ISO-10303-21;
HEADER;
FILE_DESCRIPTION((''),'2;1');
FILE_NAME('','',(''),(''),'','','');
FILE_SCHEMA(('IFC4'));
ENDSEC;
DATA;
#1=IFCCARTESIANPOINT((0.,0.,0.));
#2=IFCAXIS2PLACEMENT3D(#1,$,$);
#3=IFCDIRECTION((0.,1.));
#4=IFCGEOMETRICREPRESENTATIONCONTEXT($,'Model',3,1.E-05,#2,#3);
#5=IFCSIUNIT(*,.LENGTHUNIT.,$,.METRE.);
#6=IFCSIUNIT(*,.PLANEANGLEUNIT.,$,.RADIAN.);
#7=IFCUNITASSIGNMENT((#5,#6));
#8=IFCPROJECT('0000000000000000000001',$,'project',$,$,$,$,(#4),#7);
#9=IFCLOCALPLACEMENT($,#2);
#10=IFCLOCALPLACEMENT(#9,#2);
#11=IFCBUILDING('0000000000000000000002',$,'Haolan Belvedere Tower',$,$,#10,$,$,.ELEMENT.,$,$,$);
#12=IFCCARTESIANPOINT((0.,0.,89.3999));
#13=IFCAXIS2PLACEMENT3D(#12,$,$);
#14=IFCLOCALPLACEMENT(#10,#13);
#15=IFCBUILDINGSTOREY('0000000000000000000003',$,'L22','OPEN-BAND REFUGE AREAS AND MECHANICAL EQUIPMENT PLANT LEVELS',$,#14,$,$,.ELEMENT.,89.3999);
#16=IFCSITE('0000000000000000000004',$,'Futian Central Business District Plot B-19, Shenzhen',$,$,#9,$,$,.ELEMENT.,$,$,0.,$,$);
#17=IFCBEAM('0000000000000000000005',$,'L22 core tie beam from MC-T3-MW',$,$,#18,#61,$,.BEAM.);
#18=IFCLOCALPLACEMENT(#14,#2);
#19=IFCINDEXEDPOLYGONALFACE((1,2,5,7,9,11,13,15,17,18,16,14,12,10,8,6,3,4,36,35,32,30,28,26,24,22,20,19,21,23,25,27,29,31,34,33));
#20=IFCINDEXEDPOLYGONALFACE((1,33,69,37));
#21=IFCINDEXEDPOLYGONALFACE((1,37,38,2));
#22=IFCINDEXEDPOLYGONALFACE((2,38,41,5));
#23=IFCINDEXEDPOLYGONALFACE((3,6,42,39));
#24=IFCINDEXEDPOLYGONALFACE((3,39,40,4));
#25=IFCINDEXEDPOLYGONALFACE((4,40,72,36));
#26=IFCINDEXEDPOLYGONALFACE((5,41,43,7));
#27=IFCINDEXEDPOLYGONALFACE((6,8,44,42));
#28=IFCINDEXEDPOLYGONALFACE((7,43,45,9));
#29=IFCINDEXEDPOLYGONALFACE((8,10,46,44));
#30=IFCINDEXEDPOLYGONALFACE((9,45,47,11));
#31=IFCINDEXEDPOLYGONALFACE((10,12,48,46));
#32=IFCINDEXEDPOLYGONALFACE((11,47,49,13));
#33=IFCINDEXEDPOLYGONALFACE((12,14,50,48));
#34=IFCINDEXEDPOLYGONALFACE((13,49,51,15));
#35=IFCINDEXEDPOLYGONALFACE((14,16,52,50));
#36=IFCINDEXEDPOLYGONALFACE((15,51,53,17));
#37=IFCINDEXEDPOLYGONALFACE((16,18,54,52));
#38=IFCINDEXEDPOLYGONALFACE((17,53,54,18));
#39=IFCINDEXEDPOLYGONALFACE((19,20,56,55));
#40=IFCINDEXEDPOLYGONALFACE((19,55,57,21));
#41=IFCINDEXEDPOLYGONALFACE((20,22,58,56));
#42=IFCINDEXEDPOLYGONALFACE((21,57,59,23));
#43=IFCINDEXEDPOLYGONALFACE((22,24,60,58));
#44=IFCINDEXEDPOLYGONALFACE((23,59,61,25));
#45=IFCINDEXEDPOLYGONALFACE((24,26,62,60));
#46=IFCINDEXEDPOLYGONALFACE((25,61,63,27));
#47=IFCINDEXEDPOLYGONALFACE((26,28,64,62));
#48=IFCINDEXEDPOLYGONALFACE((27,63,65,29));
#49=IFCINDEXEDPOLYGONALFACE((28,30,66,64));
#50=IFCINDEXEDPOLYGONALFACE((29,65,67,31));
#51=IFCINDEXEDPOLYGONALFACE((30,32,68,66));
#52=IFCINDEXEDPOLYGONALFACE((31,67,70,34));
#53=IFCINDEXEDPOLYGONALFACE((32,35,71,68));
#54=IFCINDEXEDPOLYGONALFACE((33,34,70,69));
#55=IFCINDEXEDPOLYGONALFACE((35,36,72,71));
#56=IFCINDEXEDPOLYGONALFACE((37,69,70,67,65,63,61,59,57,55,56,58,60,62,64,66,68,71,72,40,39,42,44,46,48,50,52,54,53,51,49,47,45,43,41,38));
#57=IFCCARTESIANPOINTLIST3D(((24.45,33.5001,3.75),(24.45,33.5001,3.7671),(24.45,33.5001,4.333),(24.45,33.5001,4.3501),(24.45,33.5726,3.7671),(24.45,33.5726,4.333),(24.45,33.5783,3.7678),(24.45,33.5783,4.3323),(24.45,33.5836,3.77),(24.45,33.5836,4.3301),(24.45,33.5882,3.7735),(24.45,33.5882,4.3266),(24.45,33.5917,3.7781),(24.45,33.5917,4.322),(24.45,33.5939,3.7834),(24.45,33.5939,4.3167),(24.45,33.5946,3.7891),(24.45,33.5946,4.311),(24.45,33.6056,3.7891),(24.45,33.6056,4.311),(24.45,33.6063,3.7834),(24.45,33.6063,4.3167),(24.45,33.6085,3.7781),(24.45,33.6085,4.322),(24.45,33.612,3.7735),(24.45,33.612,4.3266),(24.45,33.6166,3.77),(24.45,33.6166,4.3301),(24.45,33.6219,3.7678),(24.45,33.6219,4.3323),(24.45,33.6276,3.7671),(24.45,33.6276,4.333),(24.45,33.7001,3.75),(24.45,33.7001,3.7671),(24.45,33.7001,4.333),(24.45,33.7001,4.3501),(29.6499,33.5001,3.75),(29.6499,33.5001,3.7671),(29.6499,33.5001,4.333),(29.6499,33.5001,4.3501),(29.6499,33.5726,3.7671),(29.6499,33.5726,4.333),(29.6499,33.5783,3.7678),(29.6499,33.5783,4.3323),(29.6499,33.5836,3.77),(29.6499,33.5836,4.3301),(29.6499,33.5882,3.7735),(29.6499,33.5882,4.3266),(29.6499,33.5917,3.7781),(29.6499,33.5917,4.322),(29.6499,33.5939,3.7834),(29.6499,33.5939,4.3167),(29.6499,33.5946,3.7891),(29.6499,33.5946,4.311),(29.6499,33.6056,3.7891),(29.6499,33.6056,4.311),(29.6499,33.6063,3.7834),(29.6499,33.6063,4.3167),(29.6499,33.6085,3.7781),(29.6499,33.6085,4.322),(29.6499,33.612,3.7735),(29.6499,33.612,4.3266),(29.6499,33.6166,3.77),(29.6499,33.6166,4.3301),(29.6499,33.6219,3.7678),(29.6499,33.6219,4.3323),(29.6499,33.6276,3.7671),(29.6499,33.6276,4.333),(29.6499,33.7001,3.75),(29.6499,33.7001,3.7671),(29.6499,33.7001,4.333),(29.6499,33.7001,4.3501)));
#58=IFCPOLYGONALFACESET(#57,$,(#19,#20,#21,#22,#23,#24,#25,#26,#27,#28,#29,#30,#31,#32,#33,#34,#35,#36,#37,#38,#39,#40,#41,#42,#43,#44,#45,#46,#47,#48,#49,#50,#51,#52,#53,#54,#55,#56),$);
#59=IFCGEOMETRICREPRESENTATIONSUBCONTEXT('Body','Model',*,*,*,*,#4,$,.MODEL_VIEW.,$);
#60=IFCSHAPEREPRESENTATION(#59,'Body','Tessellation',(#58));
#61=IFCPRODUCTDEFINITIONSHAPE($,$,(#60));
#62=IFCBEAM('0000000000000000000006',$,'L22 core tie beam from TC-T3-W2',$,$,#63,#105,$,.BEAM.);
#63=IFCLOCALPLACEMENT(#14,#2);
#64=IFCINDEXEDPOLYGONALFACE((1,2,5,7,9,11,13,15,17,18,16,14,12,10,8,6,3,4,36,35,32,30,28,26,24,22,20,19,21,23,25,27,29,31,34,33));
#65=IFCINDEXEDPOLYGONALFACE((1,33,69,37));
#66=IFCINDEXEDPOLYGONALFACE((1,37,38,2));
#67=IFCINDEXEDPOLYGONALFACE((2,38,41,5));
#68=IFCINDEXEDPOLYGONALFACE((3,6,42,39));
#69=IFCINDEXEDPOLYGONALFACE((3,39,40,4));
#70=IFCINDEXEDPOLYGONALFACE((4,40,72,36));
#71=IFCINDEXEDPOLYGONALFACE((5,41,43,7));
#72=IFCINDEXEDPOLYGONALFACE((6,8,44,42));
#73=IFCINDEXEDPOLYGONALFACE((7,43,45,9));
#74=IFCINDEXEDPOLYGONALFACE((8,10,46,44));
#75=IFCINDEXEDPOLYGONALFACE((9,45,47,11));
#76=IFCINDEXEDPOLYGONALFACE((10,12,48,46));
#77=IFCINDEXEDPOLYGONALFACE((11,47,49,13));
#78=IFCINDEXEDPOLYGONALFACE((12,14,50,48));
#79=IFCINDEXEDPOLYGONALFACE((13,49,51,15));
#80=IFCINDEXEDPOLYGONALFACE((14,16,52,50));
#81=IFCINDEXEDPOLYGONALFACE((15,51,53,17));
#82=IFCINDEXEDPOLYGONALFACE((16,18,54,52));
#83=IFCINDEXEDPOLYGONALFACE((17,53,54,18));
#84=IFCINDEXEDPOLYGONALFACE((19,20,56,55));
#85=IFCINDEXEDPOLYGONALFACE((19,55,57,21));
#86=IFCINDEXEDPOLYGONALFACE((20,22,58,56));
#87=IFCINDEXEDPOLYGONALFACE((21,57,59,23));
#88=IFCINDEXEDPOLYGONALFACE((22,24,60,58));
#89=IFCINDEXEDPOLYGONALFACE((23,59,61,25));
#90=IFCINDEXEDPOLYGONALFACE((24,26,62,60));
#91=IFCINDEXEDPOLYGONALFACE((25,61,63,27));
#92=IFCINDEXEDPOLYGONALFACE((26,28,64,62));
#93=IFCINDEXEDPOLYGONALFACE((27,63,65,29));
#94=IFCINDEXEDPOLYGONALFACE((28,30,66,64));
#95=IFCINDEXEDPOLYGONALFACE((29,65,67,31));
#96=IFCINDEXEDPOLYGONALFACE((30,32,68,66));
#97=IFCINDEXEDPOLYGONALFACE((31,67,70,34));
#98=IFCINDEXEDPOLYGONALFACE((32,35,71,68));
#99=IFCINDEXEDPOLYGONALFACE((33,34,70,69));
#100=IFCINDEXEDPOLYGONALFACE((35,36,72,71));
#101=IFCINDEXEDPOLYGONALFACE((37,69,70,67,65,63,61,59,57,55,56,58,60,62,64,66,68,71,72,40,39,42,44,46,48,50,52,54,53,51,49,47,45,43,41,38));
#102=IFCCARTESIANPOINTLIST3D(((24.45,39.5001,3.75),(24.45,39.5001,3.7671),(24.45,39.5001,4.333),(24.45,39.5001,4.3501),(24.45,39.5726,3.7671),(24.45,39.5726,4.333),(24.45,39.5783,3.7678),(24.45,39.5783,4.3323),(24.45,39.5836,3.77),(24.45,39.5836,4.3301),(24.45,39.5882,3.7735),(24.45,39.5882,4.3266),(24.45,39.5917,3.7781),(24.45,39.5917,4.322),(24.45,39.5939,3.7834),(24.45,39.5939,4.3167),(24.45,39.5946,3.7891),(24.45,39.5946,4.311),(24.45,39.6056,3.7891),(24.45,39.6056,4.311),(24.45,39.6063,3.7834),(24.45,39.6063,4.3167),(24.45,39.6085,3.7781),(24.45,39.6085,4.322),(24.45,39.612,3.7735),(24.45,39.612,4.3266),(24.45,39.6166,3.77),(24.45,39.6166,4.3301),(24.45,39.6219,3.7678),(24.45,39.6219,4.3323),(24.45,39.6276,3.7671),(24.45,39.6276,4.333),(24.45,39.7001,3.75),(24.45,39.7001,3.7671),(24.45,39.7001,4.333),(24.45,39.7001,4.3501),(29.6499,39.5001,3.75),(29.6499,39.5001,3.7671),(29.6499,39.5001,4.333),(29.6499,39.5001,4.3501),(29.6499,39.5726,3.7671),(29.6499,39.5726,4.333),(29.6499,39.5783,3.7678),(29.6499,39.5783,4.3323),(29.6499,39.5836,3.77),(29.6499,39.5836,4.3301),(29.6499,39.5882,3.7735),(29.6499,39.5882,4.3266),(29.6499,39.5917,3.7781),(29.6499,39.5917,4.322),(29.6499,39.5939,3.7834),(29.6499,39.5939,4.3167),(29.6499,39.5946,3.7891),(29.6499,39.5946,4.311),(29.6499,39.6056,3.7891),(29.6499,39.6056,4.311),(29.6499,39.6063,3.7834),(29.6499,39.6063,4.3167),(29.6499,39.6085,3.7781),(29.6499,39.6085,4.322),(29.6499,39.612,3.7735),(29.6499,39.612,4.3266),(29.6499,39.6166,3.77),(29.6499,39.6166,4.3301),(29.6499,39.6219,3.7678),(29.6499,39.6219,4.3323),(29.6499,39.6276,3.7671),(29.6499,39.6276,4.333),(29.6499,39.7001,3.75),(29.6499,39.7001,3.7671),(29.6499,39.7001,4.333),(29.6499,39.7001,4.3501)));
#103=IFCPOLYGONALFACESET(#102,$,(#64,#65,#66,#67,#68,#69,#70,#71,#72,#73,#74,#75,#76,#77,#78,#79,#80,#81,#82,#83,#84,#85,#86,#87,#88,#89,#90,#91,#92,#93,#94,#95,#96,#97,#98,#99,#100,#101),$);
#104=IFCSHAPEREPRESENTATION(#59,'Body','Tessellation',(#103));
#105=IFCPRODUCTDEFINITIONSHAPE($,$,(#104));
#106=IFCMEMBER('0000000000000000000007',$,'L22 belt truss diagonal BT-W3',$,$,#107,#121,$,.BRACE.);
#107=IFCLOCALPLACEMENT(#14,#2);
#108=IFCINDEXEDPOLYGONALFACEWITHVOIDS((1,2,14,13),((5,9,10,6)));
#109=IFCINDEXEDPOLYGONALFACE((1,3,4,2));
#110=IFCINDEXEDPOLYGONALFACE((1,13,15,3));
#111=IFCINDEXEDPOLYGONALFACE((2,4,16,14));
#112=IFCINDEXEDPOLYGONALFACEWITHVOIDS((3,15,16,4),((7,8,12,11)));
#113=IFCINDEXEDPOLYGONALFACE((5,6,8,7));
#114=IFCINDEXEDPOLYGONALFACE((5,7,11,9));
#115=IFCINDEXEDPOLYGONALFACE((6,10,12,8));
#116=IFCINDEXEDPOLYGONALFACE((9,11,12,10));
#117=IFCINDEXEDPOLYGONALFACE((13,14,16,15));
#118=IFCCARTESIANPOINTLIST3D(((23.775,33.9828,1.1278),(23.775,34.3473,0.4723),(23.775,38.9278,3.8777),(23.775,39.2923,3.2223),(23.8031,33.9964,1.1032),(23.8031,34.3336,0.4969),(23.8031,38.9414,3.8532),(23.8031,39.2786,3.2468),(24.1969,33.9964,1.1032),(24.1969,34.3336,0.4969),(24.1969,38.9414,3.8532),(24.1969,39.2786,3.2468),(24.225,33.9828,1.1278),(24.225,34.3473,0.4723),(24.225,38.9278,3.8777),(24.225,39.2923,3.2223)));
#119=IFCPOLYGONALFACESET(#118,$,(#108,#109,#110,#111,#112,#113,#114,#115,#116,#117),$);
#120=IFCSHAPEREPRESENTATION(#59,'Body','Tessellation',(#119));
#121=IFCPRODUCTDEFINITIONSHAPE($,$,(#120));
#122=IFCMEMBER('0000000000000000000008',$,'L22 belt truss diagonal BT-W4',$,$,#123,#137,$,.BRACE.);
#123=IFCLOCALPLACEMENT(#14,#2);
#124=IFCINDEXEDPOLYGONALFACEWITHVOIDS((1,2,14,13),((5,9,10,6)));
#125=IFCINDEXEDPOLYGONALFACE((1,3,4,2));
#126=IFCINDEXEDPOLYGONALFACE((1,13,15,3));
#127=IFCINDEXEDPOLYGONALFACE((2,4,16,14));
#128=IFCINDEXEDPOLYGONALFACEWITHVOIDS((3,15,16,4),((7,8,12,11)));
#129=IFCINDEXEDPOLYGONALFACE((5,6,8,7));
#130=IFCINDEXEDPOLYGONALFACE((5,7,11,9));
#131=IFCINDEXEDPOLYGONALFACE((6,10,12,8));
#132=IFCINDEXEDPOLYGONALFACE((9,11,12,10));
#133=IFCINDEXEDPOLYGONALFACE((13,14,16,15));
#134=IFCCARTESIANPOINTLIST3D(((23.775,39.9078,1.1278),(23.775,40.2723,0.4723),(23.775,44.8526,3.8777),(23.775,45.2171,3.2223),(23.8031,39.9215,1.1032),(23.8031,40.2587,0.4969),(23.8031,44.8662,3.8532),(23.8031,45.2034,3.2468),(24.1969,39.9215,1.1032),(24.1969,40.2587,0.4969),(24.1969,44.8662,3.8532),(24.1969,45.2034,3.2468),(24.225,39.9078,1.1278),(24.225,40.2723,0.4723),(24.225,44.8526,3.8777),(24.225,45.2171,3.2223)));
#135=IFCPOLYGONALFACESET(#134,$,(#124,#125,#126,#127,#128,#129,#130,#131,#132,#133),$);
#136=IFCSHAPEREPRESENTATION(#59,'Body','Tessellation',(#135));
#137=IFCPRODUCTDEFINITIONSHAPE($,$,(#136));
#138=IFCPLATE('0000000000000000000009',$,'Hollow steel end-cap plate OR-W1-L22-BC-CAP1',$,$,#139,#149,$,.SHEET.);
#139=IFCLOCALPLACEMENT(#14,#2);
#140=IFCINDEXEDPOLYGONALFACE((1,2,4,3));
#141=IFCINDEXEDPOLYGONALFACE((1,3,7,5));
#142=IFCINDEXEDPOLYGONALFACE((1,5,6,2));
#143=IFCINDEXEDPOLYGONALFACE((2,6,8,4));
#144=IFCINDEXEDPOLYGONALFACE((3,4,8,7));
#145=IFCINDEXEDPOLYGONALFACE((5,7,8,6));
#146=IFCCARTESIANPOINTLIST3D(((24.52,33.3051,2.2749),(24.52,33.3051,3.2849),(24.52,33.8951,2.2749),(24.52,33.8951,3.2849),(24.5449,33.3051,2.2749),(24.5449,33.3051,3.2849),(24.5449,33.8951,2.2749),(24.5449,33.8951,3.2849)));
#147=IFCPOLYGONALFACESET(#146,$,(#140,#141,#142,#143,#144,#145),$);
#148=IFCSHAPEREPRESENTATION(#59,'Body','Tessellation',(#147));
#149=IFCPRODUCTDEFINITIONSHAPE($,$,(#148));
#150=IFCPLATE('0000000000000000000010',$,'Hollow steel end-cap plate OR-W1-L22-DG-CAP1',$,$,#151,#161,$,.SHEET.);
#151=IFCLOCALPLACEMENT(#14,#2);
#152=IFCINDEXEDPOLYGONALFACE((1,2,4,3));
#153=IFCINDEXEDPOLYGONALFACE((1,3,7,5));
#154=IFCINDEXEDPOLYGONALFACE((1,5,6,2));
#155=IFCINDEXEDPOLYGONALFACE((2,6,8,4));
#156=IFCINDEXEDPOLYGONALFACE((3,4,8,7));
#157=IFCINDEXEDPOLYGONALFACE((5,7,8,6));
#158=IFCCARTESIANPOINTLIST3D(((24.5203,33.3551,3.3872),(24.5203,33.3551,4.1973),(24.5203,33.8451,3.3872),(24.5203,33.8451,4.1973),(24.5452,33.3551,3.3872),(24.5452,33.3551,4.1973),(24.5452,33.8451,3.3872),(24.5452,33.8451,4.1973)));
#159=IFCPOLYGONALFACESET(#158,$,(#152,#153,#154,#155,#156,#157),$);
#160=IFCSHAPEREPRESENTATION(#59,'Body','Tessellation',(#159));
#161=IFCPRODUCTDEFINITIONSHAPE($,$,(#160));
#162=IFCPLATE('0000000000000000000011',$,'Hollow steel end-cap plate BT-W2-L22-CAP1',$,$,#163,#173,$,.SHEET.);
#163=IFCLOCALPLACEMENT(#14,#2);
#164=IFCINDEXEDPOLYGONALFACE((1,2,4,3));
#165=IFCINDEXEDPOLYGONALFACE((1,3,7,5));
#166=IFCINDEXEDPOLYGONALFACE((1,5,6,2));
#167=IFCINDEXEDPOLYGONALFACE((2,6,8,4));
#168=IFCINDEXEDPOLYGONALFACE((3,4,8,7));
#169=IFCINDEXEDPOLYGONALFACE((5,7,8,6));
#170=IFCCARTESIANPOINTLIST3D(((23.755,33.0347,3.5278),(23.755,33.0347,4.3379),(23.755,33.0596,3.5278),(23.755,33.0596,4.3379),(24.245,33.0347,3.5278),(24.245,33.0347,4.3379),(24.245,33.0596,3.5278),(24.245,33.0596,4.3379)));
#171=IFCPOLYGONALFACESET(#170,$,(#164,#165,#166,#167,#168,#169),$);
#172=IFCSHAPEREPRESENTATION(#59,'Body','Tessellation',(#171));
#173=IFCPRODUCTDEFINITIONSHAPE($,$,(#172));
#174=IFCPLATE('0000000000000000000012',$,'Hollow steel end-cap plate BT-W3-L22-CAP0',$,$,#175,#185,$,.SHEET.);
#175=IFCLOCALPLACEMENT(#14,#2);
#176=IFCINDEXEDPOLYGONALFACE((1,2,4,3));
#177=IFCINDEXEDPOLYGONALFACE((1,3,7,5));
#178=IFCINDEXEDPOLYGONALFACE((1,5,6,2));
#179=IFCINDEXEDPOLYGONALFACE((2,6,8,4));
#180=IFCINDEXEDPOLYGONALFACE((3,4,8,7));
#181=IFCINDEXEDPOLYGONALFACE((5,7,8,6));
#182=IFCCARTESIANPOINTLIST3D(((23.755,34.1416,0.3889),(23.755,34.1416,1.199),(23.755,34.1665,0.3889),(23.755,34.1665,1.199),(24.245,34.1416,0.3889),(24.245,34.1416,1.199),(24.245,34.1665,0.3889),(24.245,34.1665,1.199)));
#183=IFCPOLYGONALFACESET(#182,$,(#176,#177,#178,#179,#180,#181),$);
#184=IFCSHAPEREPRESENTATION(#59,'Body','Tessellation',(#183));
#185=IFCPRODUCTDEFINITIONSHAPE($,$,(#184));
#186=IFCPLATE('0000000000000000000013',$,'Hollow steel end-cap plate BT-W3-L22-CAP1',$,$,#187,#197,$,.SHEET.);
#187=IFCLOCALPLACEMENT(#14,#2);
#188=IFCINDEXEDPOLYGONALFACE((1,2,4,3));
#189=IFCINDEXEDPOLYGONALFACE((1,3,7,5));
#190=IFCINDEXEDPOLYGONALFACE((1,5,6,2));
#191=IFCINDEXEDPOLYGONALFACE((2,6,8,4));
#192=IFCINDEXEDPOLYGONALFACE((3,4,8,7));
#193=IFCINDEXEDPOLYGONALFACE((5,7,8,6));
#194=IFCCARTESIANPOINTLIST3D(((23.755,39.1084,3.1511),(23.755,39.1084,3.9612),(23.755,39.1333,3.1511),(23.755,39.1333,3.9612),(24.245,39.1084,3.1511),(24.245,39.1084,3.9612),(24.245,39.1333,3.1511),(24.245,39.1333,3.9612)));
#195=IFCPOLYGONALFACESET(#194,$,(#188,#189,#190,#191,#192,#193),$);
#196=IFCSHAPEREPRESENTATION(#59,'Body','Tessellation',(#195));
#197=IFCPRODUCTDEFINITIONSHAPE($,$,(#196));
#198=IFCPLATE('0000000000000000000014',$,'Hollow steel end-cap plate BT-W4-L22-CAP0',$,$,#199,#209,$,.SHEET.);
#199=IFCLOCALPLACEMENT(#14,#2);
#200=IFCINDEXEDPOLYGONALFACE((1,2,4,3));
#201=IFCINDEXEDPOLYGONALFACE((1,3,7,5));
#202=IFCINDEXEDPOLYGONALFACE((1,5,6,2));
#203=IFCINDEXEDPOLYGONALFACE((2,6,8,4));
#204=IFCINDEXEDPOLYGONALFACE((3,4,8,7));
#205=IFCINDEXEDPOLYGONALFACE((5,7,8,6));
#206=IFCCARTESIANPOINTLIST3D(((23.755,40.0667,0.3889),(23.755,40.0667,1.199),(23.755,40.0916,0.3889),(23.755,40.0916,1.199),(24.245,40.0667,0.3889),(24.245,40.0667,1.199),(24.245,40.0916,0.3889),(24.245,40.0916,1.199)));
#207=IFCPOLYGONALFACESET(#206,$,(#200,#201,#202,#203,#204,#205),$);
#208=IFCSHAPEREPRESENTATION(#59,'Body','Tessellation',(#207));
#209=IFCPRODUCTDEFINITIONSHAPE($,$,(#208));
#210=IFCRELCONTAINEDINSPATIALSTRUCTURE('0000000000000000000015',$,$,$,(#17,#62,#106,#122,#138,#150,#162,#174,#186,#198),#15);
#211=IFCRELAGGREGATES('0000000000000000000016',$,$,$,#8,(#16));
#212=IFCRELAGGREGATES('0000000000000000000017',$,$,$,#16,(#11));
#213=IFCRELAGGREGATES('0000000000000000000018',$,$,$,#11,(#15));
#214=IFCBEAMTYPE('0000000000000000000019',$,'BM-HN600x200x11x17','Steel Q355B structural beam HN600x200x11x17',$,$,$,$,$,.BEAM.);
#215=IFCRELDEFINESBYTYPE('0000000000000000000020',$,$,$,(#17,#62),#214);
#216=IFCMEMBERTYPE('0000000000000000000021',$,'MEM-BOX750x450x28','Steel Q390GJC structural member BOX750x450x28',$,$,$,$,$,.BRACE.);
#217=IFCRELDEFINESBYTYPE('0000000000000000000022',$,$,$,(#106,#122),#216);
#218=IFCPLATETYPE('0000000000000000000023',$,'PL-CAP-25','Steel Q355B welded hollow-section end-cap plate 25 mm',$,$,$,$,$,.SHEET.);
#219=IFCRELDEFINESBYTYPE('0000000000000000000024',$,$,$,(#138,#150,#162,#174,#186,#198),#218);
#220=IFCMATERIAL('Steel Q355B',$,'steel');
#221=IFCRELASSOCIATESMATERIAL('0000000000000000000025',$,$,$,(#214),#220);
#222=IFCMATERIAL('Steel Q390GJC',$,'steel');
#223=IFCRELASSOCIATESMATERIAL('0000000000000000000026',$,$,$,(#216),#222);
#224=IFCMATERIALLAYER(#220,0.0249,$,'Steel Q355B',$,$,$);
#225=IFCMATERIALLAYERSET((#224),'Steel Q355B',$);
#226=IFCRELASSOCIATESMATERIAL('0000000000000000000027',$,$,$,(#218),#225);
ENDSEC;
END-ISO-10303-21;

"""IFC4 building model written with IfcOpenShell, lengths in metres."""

from ifc_helpers import new_model, si_unit, direction, frame, origin, origin_2d, place, context, subcontext, project, spatial, rectangle, hollow_rectangle, i_section, extrude, material, layer, layer_set, material_profile, profile_set, type_object, element, save


model = new_model("IFC4")

# Units and contexts
model_context = context("Model", 3, precision=1e-05, world=origin(), true_north=direction((0.0, 1.0)))
body_context = subcontext(model_context, "Body", "Model", "MODEL_VIEW")
ifc_project = project(units=[si_unit("LENGTHUNIT", "METRE"), si_unit("PLANEANGLEUNIT", "RADIAN")], contexts=[model_context])

# Site, building, storey
site_placement = place(None, origin())
site = spatial("IfcSite", under=ifc_project, at=site_placement, Name="Futian Central Business District Plot B-19, Shenzhen", CompositionType="ELEMENT", RefElevation=0.0)
building_placement = place(site_placement, origin())
building = spatial("IfcBuilding", under=site, at=building_placement, Name="Haolan Belvedere Tower", CompositionType="ELEMENT")
storey_placement = place(building_placement, frame((0.0, 0.0, 89.3999)))
storey = spatial("IfcBuildingStorey", under=building, at=storey_placement, Name="L22", Description="OPEN-BAND REFUGE AREAS AND MECHANICAL EQUIPMENT PLANT LEVELS", CompositionType="ELEMENT", Elevation=89.3999)

# Shared definitions
ifc_material_1 = material(Name="Steel Q355B", Category="steel")

# Beams
ifc_material_profile_1 = material_profile(ifc_material_1, i_section(OverallWidth=0.2, OverallDepth=0.6001, WebThickness=0.011, FlangeThickness=0.0171, FilletRadius=0.022, at=origin_2d()), Name="Steel Q355B")
ifc_profile_set_1 = profile_set([ifc_material_profile_1], Name="Steel Q355B")
beam_type_1 = type_object("IfcBeamType", Name="BM-HN600x200x11x17", Description="Steel Q355B structural beam HN600x200x11x17", PredefinedType="BEAM", material=ifc_profile_set_1)
for number, where, z_axis, x_axis, name in (
    (1, (24.45, 33.6001, 4.05), (1.0, 0.0, 0.0), (0.0, 1.0, 0.0), "L22 core tie beam from MC-T3-MW"),
    (2, (24.45, 39.6001, 4.05), (1.0, 0.0, 0.0), (0.0, 1.0, 0.0), "L22 core tie beam from TC-T3-W2"),
):
    element("IfcBeam", number, at=place(storey_placement, frame(where, z_axis=z_axis, x_axis=x_axis)), inside=storey, type_object=beam_type_1, Name=name, PredefinedType="BEAM", context=body_context, shape_type="SweptSolid", body=[
        extrude(i_section(OverallWidth=0.2, OverallDepth=0.6001, WebThickness=0.011, FlangeThickness=0.0171, FilletRadius=0.022, at=origin_2d()), origin(), (0.0, 0.0, 1.0), 5.2),
    ])

# Members
ifc_material_2 = material(Name="Steel Q390GJC", Category="steel")
ifc_material_profile_2 = material_profile(ifc_material_2, hollow_rectangle(XDim=0.45, YDim=0.75, WallThickness=0.0281, at=origin_2d()), Name="Steel Q390GJC")
ifc_profile_set_2 = profile_set([ifc_material_profile_2], Name="Steel Q390GJC")
member_type = type_object("IfcMemberType", Name="MEM-BOX750x450x28", Description="Steel Q390GJC structural member BOX750x450x28", PredefinedType="BRACE", material=ifc_profile_set_2)
member_1_placement = place(storey_placement, frame((24.0, 34.165, 0.8), z_axis=(0.0, 0.873952, 0.486013), x_axis=(-1.0, 0.0, 0.0)))
element("IfcMember", 3, at=member_1_placement, inside=storey, type_object=member_type, Name="L22 belt truss diagonal BT-W3", PredefinedType="BRACE", context=body_context, shape_type="SweptSolid", body=[
    extrude(hollow_rectangle(XDim=0.45, YDim=0.75, WallThickness=0.0281, at=origin_2d()), origin(), (0.0, 0.0, 1.0), 5.6582),
])
member_2_placement = place(storey_placement, frame((24.0, 40.0901, 0.8), z_axis=(0.0, 0.873941, 0.486031), x_axis=(-1.0, 0.0, 0.0)))
element("IfcMember", 4, at=member_2_placement, inside=storey, type_object=member_type, Name="L22 belt truss diagonal BT-W4", PredefinedType="BRACE", context=body_context, shape_type="SweptSolid", body=[
    extrude(hollow_rectangle(XDim=0.45, YDim=0.75, WallThickness=0.0281, at=origin_2d()), origin(), (0.0, 0.0, 1.0), 5.658),
])

# Plates
ifc_layer_1 = layer(ifc_material_1, 0.0249, Name="Steel Q355B")
ifc_layer_set_1 = layer_set([ifc_layer_1], Name="Steel Q355B")
plate_type_1 = type_object("IfcPlateType", Name="PL-CAP-25", Description="Steel Q355B welded hollow-section end-cap plate 25 mm", PredefinedType="SHEET", material=ifc_layer_set_1)
plate_1_placement = place(storey_placement, frame((24.5325, 33.6001, 2.2749), z_axis=(0.0, 0.0, 1.0), x_axis=(0.0, -1.0, 0.0)))
element("IfcPlate", 5, at=plate_1_placement, inside=storey, type_object=plate_type_1, Name="Hollow steel end-cap plate OR-W1-L22-BC-CAP1", PredefinedType="SHEET", context=body_context, shape_type="SweptSolid", body=[
    extrude(rectangle(XDim=0.5901, YDim=0.0249, at=origin_2d()), origin(), (0.0, 0.0, 1.0), 1.01),
])
for number, where, z_axis, x_axis, name in (
    (6, (24.5327, 33.6001, 3.3872), (0.0, 0.0, 1.0), (0.0, -1.0, 0.0), "Hollow steel end-cap plate OR-W1-L22-DG-CAP1"),
    (7, (24.0, 33.0471, 3.5278), (0.0, 0.0, 1.0), (-1.0, 0.0, 0.0), "Hollow steel end-cap plate BT-W2-L22-CAP1"),
    (8, (24.0, 34.1541, 0.3889), (0.0, 0.0, 1.0), (1.0, 0.0, 0.0), "Hollow steel end-cap plate BT-W3-L22-CAP0"),
    (9, (24.0, 39.1208, 3.1511), (0.0, 0.0, 1.0), (-1.0, 0.0, 0.0), "Hollow steel end-cap plate BT-W3-L22-CAP1"),
    (10, (24.0, 40.0791, 0.3889), (0.0, 0.0, 1.0), (1.0, 0.0, 0.0), "Hollow steel end-cap plate BT-W4-L22-CAP0"),
):
    element("IfcPlate", number, at=place(storey_placement, frame(where, z_axis=z_axis, x_axis=x_axis)), inside=storey, type_object=plate_type_1, Name=name, PredefinedType="SHEET", context=body_context, shape_type="SweptSolid", body=[
        extrude(rectangle(XDim=0.49, YDim=0.0249, at=origin_2d()), origin(), (0.0, 0.0, 1.0), 0.8101),
    ])

save(model, "model.ifc")
